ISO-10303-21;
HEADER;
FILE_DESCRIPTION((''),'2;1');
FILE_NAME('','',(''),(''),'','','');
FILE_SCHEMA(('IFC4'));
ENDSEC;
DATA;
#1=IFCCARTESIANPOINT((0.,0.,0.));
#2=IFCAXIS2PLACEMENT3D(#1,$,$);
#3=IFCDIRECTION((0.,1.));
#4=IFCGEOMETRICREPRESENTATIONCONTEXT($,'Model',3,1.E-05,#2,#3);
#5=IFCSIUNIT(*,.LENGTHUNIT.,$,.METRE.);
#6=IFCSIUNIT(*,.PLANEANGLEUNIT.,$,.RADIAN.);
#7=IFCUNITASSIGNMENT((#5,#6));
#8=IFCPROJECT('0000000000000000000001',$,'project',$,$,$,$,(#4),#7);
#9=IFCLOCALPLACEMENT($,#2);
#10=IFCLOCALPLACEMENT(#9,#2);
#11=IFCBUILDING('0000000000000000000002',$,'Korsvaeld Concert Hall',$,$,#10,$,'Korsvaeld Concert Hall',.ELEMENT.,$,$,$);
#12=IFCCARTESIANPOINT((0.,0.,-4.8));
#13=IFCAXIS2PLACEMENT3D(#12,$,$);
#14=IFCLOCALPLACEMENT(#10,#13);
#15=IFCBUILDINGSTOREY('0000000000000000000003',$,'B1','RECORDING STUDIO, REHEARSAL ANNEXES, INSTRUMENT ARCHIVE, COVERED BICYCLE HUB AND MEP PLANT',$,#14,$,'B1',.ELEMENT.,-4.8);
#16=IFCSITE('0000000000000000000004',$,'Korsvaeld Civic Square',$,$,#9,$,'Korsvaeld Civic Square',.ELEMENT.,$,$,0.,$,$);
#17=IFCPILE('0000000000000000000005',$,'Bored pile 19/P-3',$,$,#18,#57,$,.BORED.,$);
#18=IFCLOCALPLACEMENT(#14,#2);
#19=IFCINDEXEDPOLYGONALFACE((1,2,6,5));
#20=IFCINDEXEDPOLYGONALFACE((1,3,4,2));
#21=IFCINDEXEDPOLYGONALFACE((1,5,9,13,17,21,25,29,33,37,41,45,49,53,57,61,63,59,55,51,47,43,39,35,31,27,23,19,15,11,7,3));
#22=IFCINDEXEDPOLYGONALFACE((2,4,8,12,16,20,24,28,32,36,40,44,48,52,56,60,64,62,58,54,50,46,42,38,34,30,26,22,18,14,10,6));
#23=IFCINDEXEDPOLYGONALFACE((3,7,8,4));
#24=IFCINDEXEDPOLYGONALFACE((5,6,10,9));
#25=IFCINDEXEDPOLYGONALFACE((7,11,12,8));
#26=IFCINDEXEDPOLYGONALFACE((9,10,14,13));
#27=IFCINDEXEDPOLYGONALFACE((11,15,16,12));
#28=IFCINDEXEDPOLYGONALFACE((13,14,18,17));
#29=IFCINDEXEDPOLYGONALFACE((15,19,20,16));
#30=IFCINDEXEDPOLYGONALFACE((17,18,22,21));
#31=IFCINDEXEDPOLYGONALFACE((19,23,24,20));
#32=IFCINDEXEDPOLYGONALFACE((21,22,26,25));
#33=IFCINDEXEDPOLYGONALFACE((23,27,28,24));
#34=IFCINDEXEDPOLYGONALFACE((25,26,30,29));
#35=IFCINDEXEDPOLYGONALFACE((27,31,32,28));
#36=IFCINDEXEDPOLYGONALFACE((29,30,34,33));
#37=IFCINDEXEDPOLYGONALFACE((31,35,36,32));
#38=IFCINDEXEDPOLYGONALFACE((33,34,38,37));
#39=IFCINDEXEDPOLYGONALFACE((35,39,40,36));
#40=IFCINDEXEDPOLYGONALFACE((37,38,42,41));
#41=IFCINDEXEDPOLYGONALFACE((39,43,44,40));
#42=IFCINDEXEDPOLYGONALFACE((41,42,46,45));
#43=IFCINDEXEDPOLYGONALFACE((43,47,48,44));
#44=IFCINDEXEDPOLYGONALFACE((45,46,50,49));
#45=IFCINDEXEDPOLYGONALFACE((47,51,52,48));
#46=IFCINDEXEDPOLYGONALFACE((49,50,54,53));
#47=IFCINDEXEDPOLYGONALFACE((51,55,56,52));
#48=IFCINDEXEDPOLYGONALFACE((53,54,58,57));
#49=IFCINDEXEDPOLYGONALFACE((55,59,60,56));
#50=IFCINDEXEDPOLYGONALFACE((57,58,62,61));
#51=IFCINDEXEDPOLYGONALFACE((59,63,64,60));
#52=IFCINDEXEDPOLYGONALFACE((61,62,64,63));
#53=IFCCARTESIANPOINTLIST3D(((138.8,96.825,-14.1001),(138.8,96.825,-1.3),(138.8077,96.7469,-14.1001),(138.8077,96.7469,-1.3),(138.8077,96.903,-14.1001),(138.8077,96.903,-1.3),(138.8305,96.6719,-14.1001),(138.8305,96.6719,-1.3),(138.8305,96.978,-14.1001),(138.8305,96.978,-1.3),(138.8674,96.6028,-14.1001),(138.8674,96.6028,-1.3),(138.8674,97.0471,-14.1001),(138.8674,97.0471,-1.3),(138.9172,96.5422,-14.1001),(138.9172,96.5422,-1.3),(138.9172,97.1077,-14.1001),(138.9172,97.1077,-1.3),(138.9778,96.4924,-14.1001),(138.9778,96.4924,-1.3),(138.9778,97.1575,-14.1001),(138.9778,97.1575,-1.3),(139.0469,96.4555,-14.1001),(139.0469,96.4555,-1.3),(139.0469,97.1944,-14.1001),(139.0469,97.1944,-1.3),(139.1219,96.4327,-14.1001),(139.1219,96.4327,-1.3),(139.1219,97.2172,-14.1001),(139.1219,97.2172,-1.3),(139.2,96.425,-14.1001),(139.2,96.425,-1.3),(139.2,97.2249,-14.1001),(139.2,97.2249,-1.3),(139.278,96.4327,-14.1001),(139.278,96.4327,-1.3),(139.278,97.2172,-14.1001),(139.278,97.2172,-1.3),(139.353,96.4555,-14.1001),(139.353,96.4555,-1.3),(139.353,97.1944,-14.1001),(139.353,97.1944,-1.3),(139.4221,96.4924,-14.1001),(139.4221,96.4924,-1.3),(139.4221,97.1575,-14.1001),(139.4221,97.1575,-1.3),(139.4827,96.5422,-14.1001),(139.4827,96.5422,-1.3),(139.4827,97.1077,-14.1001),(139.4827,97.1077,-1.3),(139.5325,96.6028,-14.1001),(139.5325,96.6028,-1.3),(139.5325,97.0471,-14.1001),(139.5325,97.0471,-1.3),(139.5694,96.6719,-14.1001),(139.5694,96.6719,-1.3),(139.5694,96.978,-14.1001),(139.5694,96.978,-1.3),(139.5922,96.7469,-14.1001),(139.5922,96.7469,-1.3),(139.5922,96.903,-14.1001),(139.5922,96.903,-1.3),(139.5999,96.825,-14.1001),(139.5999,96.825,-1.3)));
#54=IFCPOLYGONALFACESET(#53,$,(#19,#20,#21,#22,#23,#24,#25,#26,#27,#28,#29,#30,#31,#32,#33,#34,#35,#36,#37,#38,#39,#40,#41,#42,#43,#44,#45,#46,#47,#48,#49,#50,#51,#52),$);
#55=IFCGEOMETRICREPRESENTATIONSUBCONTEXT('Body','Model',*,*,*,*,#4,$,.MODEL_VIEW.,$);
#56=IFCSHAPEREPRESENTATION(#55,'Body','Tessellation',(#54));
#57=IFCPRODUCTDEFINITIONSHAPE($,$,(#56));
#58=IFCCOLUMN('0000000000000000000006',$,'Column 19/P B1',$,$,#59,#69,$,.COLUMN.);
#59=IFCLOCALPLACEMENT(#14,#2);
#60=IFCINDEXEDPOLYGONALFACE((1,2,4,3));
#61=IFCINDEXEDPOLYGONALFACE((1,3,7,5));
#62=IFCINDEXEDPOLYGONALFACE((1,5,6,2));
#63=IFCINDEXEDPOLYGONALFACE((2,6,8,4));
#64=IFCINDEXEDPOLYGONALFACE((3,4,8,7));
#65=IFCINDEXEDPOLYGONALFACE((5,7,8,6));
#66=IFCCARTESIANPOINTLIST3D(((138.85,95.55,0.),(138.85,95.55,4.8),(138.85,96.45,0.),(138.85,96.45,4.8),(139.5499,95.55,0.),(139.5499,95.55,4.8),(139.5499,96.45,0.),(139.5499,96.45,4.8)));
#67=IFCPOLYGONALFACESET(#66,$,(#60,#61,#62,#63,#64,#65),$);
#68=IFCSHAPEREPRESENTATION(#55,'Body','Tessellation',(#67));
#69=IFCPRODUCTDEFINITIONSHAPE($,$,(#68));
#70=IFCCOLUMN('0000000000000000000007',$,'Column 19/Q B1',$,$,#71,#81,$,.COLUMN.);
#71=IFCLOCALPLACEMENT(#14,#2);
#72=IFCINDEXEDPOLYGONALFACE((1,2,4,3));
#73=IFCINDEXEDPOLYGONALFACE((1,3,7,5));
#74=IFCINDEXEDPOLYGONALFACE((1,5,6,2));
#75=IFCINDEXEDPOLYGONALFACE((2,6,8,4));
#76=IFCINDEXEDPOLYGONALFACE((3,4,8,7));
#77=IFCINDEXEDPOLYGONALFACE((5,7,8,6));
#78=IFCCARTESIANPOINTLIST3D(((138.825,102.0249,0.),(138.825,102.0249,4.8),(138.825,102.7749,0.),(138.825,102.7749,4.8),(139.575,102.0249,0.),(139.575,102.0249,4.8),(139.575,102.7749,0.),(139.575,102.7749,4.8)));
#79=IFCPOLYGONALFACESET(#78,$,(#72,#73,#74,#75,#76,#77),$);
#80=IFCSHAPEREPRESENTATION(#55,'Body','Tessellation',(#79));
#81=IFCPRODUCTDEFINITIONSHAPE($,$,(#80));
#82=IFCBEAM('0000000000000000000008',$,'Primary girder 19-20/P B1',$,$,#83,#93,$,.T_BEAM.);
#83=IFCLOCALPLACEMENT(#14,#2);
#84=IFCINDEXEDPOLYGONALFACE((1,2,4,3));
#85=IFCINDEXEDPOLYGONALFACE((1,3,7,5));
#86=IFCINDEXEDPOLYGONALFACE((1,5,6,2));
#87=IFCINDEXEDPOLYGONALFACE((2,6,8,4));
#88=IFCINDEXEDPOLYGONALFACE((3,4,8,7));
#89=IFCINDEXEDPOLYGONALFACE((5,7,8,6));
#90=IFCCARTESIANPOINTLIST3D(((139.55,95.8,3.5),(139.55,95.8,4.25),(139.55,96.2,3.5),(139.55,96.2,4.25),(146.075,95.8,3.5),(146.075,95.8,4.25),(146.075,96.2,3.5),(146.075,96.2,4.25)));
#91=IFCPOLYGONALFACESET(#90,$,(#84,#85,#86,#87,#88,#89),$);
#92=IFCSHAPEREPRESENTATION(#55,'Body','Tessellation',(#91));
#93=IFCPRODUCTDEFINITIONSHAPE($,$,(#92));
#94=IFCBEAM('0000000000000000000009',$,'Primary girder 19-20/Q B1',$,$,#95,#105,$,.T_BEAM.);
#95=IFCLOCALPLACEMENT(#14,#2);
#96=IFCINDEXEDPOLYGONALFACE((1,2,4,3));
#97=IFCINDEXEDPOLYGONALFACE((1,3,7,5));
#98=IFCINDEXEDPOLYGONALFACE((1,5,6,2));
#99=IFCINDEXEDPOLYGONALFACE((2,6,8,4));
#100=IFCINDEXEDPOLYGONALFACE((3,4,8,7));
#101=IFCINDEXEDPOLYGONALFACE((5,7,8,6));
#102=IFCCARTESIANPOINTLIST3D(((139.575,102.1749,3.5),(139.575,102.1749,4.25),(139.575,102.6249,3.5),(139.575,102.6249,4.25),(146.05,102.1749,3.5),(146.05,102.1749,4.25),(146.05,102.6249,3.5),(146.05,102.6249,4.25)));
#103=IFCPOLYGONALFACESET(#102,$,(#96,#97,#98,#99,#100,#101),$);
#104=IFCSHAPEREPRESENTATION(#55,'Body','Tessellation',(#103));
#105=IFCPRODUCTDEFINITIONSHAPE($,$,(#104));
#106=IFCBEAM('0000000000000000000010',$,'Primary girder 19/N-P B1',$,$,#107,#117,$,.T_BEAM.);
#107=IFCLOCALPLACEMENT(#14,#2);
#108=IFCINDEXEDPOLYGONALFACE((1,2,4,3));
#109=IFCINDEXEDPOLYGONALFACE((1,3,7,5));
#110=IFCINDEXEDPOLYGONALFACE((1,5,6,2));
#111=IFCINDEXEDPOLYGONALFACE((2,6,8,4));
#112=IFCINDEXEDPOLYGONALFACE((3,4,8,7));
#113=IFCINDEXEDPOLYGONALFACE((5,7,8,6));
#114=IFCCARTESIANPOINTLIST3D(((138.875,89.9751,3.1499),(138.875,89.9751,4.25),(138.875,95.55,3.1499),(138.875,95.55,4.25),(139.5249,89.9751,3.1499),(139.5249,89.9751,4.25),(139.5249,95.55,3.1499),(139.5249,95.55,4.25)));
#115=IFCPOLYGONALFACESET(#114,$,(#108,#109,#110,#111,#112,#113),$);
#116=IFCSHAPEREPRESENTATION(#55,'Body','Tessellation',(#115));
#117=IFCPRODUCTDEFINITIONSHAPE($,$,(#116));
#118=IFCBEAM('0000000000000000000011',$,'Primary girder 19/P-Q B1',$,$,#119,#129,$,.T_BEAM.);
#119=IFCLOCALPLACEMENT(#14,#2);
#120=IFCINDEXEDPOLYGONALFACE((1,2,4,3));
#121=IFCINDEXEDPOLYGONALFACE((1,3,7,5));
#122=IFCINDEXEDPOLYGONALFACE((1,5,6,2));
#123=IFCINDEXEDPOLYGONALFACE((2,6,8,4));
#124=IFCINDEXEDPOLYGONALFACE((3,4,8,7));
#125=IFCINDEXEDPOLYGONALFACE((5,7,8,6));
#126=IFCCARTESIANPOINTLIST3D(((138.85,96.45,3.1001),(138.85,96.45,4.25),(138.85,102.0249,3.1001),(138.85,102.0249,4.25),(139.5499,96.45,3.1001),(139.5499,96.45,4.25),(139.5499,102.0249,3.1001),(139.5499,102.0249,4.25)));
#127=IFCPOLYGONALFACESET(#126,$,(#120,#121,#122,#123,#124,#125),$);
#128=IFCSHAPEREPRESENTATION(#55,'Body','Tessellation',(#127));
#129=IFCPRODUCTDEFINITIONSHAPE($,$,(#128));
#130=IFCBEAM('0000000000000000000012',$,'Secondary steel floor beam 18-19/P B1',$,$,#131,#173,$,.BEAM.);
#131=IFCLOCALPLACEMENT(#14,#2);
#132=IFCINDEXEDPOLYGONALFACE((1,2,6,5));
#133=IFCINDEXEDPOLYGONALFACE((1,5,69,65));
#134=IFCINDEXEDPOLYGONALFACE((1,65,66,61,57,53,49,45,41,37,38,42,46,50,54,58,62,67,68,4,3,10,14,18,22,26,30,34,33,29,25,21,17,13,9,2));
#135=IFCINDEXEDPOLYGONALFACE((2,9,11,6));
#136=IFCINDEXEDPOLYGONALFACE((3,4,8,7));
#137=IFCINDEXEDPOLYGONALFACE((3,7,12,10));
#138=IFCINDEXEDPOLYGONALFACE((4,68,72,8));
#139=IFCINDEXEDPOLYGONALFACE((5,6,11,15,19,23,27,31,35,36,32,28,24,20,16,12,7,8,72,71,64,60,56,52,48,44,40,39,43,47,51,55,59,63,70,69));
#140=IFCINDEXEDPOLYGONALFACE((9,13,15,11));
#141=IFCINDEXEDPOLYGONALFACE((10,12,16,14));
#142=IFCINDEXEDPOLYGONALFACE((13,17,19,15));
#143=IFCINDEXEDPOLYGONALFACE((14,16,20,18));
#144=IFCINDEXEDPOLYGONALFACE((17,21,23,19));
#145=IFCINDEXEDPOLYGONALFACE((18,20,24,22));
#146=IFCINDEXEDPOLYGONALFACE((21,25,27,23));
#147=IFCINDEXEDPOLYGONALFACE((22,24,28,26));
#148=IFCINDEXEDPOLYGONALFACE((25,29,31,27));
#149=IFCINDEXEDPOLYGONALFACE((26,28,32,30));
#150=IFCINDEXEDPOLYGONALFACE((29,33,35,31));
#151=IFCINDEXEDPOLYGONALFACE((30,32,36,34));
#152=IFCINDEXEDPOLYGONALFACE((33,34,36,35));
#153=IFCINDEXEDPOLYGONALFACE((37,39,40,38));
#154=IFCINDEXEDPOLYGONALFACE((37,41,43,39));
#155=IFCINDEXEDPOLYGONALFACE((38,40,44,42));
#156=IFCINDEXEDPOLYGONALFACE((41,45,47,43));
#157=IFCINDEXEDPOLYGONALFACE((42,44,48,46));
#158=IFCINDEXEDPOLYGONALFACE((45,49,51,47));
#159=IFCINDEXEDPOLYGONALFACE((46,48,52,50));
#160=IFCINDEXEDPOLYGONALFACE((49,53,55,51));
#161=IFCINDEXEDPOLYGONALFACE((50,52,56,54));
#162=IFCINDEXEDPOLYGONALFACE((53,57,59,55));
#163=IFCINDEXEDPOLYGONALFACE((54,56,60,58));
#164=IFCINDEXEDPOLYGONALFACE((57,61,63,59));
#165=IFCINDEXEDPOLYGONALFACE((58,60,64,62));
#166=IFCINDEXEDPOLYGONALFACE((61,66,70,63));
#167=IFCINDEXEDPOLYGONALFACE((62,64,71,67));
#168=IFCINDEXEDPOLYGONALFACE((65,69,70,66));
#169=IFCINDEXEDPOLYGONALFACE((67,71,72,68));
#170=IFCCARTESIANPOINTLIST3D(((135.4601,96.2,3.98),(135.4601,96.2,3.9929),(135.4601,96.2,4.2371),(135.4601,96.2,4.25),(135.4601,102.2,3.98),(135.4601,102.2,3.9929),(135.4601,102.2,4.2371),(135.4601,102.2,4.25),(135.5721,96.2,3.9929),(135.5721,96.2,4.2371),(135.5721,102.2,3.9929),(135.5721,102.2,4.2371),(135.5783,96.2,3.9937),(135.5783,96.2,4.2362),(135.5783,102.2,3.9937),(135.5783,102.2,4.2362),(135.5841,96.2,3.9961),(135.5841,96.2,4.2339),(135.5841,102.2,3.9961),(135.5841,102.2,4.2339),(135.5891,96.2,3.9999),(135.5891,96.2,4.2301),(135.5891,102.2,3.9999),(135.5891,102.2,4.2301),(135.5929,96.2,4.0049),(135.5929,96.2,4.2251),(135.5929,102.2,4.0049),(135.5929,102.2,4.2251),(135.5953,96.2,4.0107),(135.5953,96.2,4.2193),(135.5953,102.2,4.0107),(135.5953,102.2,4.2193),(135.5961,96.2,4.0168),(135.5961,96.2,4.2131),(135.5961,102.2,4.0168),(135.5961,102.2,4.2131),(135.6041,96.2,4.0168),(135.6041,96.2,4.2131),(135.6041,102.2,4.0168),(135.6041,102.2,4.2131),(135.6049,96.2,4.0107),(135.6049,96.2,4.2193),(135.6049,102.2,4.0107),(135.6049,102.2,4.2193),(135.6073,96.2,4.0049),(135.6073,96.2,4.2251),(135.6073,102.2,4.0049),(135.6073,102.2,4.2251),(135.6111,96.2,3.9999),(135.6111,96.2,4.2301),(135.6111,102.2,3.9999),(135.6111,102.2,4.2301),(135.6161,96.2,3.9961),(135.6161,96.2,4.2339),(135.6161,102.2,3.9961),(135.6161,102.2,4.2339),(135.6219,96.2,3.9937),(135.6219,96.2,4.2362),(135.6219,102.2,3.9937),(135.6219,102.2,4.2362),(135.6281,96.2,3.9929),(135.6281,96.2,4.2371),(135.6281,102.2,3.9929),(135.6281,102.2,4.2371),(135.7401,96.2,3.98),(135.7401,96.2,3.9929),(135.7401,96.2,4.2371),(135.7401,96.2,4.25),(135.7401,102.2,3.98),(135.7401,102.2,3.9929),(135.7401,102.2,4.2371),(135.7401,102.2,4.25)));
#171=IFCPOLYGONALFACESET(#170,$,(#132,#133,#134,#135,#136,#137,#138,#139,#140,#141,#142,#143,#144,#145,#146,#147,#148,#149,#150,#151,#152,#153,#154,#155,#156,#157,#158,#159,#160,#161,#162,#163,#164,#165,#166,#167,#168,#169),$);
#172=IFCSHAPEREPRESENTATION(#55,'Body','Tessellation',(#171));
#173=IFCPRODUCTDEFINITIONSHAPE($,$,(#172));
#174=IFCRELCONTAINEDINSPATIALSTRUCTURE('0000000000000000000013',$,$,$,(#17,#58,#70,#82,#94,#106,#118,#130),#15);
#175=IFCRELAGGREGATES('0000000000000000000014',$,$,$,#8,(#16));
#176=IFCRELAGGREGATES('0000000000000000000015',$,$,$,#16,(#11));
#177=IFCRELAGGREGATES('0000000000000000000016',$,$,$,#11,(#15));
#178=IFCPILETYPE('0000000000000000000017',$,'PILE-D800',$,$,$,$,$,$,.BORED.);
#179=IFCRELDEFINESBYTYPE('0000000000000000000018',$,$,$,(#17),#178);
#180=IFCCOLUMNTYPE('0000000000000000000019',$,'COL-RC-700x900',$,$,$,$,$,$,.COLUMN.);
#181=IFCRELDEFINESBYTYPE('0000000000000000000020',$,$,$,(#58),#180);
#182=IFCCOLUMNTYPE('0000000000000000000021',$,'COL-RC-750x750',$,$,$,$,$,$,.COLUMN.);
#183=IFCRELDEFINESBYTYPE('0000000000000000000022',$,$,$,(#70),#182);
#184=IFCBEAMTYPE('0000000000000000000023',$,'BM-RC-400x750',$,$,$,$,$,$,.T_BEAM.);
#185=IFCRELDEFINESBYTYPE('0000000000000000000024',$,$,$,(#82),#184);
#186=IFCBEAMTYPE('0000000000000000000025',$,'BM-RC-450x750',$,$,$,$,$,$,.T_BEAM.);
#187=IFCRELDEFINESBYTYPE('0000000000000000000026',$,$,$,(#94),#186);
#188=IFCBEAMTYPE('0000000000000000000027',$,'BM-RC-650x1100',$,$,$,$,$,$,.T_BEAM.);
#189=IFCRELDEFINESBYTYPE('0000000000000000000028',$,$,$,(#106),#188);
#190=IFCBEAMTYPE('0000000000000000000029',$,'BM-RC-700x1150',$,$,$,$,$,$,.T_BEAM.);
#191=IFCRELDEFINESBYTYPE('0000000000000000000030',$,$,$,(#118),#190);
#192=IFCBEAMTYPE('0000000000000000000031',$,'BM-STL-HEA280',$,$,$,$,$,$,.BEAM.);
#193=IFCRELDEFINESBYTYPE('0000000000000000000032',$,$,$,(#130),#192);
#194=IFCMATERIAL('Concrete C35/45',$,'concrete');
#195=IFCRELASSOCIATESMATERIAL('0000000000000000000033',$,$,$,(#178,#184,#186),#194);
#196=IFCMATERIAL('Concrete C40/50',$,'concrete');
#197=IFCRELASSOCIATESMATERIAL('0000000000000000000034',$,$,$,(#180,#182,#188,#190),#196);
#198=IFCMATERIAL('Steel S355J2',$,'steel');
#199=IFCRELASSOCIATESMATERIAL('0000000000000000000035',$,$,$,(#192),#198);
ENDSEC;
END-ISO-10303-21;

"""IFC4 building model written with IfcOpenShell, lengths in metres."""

from ifc_helpers import new_model, si_unit, direction, frame, origin, origin_2d, place, context, subcontext, project, spatial, rectangle, circle, i_section, extrude, material, material_profile, profile_set, type_object, element, save


model = new_model("IFC4")

# Units and contexts
model_context = context("Model", 3, precision=1e-05, world=origin(), true_north=direction((0.0, 1.0)))
body_context = subcontext(model_context, "Body", "Model", "MODEL_VIEW")
ifc_project = project(units=[si_unit("LENGTHUNIT", "METRE"), si_unit("PLANEANGLEUNIT", "RADIAN")], contexts=[model_context])

# Site, building, storey
site_placement = place(None, origin())
site = spatial("IfcSite", under=ifc_project, at=site_placement, Name="Korsvaeld Civic Square", LongName="Korsvaeld Civic Square", CompositionType="ELEMENT", RefElevation=0.0)
building_placement = place(site_placement, origin())
building = spatial("IfcBuilding", under=site, at=building_placement, Name="Korsvaeld Concert Hall", LongName="Korsvaeld Concert Hall", CompositionType="ELEMENT")
storey_placement = place(building_placement, frame((0.0, 0.0, -4.8)))
storey = spatial("IfcBuildingStorey", under=building, at=storey_placement, Name="B1", Description="RECORDING STUDIO, REHEARSAL ANNEXES, INSTRUMENT ARCHIVE, COVERED BICYCLE HUB AND MEP PLANT", LongName="B1", CompositionType="ELEMENT", Elevation=-4.8)

# Shared definitions
ifc_material_1 = material(Name="Concrete C35/45", Category="concrete")

# Pile
ifc_material_profile_1 = material_profile(ifc_material_1, circle(Radius=0.3999, at=origin_2d()), Name="BORED PILE D800")
ifc_profile_set_1 = profile_set([ifc_material_profile_1], Name="Concrete C35/45")
pile_type_1 = type_object("IfcPileType", Name="PILE-D800", PredefinedType="BORED", material=ifc_profile_set_1)
for number, where, z_axis, x_axis, name in (
    (1, (139.2, 96.825, -1.3), (0.0, 0.0, -1.0), (1.0, 0.0, 0.0), "Bored pile 19/P-3"),
):
    element("IfcPile", number, at=place(storey_placement, frame(where, z_axis=z_axis, x_axis=x_axis)), inside=storey, type_object=pile_type_1, Name=name, PredefinedType="BORED", context=body_context, shape_type="SweptSolid", body=[
        extrude(circle(Radius=0.3999, at=origin_2d()), origin(), (0.0, 0.0, 1.0), 12.8),
    ])

# Columns
ifc_material_2 = material(Name="Concrete C40/50", Category="concrete")
ifc_material_profile_2 = material_profile(ifc_material_2, rectangle(XDim=0.7, YDim=0.8999, at=origin_2d()), Name="RC 700x900")
ifc_profile_set_2 = profile_set([ifc_material_profile_2], Name="Concrete C40/50")
column_type_1 = type_object("IfcColumnType", Name="COL-RC-700x900", PredefinedType="COLUMN", material=ifc_profile_set_2)
column_1_placement = place(storey_placement, frame((139.2, 96.0, 0.0), z_axis=(0.0, 0.0, 1.0), x_axis=(1.0, 0.0, 0.0)))
element("IfcColumn", 2, at=column_1_placement, inside=storey, type_object=column_type_1, Name="Column 19/P B1", PredefinedType="COLUMN", context=body_context, shape_type="SweptSolid", body=[
    extrude(rectangle(XDim=0.7, YDim=0.8999, at=origin_2d()), origin(), (0.0, 0.0, 1.0), 4.8),
])
ifc_material_profile_3 = material_profile(ifc_material_2, rectangle(XDim=0.75, YDim=0.75, at=origin_2d()), Name="RC 750x750")
ifc_profile_set_3 = profile_set([ifc_material_profile_3], Name="Concrete C40/50")
column_type_2 = type_object("IfcColumnType", Name="COL-RC-750x750", PredefinedType="COLUMN", material=ifc_profile_set_3)
column_2_placement = place(storey_placement, frame((139.2, 102.3999, 0.0), z_axis=(0.0, 0.0, 1.0), x_axis=(1.0, 0.0, 0.0)))
element("IfcColumn", 3, at=column_2_placement, inside=storey, type_object=column_type_2, Name="Column 19/Q B1", PredefinedType="COLUMN", context=body_context, shape_type="SweptSolid", body=[
    extrude(rectangle(XDim=0.75, YDim=0.75, at=origin_2d()), origin(), (0.0, 0.0, 1.0), 4.8),
])

# Beams
ifc_material_profile_4 = material_profile(ifc_material_1, rectangle(XDim=0.3999, YDim=0.75, at=origin_2d()), Name="RC 400x750")
ifc_profile_set_4 = profile_set([ifc_material_profile_4], Name="Concrete C35/45")
beam_type_1 = type_object("IfcBeamType", Name="BM-RC-400x750", PredefinedType="T_BEAM", material=ifc_profile_set_4)
beam_1_placement = place(storey_placement, frame((139.55, 96.0, 3.875), z_axis=(1.0, 0.0, 0.0), x_axis=(0.0, 1.0, 0.0)))
element("IfcBeam", 4, at=beam_1_placement, inside=storey, type_object=beam_type_1, Name="Primary girder 19-20/P B1", PredefinedType="T_BEAM", context=body_context, shape_type="SweptSolid", body=[
    extrude(rectangle(XDim=0.3999, YDim=0.75, at=origin_2d()), origin(), (0.0, 0.0, 1.0), 6.5249),
])
ifc_material_profile_5 = material_profile(ifc_material_1, rectangle(XDim=0.45, YDim=0.75, at=origin_2d()), Name="RC 450x750")
ifc_profile_set_5 = profile_set([ifc_material_profile_5], Name="Concrete C35/45")
beam_type_2 = type_object("IfcBeamType", Name="BM-RC-450x750", PredefinedType="T_BEAM", material=ifc_profile_set_5)
beam_2_placement = place(storey_placement, frame((139.575, 102.3999, 3.875), z_axis=(1.0, 0.0, 0.0), x_axis=(0.0, 1.0, 0.0)))
element("IfcBeam", 5, at=beam_2_placement, inside=storey, type_object=beam_type_2, Name="Primary girder 19-20/Q B1", PredefinedType="T_BEAM", context=body_context, shape_type="SweptSolid", body=[
    extrude(rectangle(XDim=0.45, YDim=0.75, at=origin_2d()), origin(), (0.0, 0.0, 1.0), 6.4751),
])
ifc_material_profile_6 = material_profile(ifc_material_2, rectangle(XDim=0.6499, YDim=1.1001, at=origin_2d()), Name="RC 650x1100")
ifc_profile_set_6 = profile_set([ifc_material_profile_6], Name="Concrete C40/50")
beam_type_3 = type_object("IfcBeamType", Name="BM-RC-650x1100", PredefinedType="T_BEAM", material=ifc_profile_set_6)
beam_3_placement = place(storey_placement, frame((139.2, 89.9751, 3.7), z_axis=(0.0, 1.0, 0.0), x_axis=(-1.0, 0.0, 0.0)))
element("IfcBeam", 6, at=beam_3_placement, inside=storey, type_object=beam_type_3, Name="Primary girder 19/N-P B1", PredefinedType="T_BEAM", context=body_context, shape_type="SweptSolid", body=[
    extrude(rectangle(XDim=0.6499, YDim=1.1001, at=origin_2d()), origin(), (0.0, 0.0, 1.0), 5.575),
])
ifc_material_profile_7 = material_profile(ifc_material_2, rectangle(XDim=0.7, YDim=1.1499, at=origin_2d()), Name="RC 700x1150")
ifc_profile_set_7 = profile_set([ifc_material_profile_7], Name="Concrete C40/50")
beam_type_4 = type_object("IfcBeamType", Name="BM-RC-700x1150", PredefinedType="T_BEAM", material=ifc_profile_set_7)
beam_4_placement = place(storey_placement, frame((139.2, 96.45, 3.675), z_axis=(0.0, 1.0, 0.0), x_axis=(-1.0, 0.0, 0.0)))
element("IfcBeam", 7, at=beam_4_placement, inside=storey, type_object=beam_type_4, Name="Primary girder 19/P-Q B1", PredefinedType="T_BEAM", context=body_context, shape_type="SweptSolid", body=[
    extrude(rectangle(XDim=0.7, YDim=1.1499, at=origin_2d()), origin(), (0.0, 0.0, 1.0), 5.575),
])
ifc_material_3 = material(Name="Steel S355J2", Category="steel")
ifc_material_profile_8 = material_profile(ifc_material_3, i_section(OverallWidth=0.28, OverallDepth=0.27, WebThickness=0.0081, FlangeThickness=0.0129, FilletRadius=0.0239, at=origin_2d()), Name="HEA 280")
ifc_profile_set_8 = profile_set([ifc_material_profile_8], Name="Steel S355J2")
beam_type_5 = type_object("IfcBeamType", Name="BM-STL-HEA280", PredefinedType="BEAM", material=ifc_profile_set_8)
beam_5_placement = place(storey_placement, frame((135.6001, 96.2, 4.115), z_axis=(0.0, 1.0, 0.0), x_axis=(-1.0, 0.0, 0.0)))
element("IfcBeam", 8, at=beam_5_placement, inside=storey, type_object=beam_type_5, Name="Secondary steel floor beam 18-19/P B1", PredefinedType="BEAM", context=body_context, shape_type="SweptSolid", body=[
    extrude(i_section(OverallWidth=0.28, OverallDepth=0.27, WebThickness=0.0081, FlangeThickness=0.0129, FilletRadius=0.0239, at=origin_2d()), origin(), (0.0, 0.0, 1.0), 6.0),
])

save(model, "model.ifc")
